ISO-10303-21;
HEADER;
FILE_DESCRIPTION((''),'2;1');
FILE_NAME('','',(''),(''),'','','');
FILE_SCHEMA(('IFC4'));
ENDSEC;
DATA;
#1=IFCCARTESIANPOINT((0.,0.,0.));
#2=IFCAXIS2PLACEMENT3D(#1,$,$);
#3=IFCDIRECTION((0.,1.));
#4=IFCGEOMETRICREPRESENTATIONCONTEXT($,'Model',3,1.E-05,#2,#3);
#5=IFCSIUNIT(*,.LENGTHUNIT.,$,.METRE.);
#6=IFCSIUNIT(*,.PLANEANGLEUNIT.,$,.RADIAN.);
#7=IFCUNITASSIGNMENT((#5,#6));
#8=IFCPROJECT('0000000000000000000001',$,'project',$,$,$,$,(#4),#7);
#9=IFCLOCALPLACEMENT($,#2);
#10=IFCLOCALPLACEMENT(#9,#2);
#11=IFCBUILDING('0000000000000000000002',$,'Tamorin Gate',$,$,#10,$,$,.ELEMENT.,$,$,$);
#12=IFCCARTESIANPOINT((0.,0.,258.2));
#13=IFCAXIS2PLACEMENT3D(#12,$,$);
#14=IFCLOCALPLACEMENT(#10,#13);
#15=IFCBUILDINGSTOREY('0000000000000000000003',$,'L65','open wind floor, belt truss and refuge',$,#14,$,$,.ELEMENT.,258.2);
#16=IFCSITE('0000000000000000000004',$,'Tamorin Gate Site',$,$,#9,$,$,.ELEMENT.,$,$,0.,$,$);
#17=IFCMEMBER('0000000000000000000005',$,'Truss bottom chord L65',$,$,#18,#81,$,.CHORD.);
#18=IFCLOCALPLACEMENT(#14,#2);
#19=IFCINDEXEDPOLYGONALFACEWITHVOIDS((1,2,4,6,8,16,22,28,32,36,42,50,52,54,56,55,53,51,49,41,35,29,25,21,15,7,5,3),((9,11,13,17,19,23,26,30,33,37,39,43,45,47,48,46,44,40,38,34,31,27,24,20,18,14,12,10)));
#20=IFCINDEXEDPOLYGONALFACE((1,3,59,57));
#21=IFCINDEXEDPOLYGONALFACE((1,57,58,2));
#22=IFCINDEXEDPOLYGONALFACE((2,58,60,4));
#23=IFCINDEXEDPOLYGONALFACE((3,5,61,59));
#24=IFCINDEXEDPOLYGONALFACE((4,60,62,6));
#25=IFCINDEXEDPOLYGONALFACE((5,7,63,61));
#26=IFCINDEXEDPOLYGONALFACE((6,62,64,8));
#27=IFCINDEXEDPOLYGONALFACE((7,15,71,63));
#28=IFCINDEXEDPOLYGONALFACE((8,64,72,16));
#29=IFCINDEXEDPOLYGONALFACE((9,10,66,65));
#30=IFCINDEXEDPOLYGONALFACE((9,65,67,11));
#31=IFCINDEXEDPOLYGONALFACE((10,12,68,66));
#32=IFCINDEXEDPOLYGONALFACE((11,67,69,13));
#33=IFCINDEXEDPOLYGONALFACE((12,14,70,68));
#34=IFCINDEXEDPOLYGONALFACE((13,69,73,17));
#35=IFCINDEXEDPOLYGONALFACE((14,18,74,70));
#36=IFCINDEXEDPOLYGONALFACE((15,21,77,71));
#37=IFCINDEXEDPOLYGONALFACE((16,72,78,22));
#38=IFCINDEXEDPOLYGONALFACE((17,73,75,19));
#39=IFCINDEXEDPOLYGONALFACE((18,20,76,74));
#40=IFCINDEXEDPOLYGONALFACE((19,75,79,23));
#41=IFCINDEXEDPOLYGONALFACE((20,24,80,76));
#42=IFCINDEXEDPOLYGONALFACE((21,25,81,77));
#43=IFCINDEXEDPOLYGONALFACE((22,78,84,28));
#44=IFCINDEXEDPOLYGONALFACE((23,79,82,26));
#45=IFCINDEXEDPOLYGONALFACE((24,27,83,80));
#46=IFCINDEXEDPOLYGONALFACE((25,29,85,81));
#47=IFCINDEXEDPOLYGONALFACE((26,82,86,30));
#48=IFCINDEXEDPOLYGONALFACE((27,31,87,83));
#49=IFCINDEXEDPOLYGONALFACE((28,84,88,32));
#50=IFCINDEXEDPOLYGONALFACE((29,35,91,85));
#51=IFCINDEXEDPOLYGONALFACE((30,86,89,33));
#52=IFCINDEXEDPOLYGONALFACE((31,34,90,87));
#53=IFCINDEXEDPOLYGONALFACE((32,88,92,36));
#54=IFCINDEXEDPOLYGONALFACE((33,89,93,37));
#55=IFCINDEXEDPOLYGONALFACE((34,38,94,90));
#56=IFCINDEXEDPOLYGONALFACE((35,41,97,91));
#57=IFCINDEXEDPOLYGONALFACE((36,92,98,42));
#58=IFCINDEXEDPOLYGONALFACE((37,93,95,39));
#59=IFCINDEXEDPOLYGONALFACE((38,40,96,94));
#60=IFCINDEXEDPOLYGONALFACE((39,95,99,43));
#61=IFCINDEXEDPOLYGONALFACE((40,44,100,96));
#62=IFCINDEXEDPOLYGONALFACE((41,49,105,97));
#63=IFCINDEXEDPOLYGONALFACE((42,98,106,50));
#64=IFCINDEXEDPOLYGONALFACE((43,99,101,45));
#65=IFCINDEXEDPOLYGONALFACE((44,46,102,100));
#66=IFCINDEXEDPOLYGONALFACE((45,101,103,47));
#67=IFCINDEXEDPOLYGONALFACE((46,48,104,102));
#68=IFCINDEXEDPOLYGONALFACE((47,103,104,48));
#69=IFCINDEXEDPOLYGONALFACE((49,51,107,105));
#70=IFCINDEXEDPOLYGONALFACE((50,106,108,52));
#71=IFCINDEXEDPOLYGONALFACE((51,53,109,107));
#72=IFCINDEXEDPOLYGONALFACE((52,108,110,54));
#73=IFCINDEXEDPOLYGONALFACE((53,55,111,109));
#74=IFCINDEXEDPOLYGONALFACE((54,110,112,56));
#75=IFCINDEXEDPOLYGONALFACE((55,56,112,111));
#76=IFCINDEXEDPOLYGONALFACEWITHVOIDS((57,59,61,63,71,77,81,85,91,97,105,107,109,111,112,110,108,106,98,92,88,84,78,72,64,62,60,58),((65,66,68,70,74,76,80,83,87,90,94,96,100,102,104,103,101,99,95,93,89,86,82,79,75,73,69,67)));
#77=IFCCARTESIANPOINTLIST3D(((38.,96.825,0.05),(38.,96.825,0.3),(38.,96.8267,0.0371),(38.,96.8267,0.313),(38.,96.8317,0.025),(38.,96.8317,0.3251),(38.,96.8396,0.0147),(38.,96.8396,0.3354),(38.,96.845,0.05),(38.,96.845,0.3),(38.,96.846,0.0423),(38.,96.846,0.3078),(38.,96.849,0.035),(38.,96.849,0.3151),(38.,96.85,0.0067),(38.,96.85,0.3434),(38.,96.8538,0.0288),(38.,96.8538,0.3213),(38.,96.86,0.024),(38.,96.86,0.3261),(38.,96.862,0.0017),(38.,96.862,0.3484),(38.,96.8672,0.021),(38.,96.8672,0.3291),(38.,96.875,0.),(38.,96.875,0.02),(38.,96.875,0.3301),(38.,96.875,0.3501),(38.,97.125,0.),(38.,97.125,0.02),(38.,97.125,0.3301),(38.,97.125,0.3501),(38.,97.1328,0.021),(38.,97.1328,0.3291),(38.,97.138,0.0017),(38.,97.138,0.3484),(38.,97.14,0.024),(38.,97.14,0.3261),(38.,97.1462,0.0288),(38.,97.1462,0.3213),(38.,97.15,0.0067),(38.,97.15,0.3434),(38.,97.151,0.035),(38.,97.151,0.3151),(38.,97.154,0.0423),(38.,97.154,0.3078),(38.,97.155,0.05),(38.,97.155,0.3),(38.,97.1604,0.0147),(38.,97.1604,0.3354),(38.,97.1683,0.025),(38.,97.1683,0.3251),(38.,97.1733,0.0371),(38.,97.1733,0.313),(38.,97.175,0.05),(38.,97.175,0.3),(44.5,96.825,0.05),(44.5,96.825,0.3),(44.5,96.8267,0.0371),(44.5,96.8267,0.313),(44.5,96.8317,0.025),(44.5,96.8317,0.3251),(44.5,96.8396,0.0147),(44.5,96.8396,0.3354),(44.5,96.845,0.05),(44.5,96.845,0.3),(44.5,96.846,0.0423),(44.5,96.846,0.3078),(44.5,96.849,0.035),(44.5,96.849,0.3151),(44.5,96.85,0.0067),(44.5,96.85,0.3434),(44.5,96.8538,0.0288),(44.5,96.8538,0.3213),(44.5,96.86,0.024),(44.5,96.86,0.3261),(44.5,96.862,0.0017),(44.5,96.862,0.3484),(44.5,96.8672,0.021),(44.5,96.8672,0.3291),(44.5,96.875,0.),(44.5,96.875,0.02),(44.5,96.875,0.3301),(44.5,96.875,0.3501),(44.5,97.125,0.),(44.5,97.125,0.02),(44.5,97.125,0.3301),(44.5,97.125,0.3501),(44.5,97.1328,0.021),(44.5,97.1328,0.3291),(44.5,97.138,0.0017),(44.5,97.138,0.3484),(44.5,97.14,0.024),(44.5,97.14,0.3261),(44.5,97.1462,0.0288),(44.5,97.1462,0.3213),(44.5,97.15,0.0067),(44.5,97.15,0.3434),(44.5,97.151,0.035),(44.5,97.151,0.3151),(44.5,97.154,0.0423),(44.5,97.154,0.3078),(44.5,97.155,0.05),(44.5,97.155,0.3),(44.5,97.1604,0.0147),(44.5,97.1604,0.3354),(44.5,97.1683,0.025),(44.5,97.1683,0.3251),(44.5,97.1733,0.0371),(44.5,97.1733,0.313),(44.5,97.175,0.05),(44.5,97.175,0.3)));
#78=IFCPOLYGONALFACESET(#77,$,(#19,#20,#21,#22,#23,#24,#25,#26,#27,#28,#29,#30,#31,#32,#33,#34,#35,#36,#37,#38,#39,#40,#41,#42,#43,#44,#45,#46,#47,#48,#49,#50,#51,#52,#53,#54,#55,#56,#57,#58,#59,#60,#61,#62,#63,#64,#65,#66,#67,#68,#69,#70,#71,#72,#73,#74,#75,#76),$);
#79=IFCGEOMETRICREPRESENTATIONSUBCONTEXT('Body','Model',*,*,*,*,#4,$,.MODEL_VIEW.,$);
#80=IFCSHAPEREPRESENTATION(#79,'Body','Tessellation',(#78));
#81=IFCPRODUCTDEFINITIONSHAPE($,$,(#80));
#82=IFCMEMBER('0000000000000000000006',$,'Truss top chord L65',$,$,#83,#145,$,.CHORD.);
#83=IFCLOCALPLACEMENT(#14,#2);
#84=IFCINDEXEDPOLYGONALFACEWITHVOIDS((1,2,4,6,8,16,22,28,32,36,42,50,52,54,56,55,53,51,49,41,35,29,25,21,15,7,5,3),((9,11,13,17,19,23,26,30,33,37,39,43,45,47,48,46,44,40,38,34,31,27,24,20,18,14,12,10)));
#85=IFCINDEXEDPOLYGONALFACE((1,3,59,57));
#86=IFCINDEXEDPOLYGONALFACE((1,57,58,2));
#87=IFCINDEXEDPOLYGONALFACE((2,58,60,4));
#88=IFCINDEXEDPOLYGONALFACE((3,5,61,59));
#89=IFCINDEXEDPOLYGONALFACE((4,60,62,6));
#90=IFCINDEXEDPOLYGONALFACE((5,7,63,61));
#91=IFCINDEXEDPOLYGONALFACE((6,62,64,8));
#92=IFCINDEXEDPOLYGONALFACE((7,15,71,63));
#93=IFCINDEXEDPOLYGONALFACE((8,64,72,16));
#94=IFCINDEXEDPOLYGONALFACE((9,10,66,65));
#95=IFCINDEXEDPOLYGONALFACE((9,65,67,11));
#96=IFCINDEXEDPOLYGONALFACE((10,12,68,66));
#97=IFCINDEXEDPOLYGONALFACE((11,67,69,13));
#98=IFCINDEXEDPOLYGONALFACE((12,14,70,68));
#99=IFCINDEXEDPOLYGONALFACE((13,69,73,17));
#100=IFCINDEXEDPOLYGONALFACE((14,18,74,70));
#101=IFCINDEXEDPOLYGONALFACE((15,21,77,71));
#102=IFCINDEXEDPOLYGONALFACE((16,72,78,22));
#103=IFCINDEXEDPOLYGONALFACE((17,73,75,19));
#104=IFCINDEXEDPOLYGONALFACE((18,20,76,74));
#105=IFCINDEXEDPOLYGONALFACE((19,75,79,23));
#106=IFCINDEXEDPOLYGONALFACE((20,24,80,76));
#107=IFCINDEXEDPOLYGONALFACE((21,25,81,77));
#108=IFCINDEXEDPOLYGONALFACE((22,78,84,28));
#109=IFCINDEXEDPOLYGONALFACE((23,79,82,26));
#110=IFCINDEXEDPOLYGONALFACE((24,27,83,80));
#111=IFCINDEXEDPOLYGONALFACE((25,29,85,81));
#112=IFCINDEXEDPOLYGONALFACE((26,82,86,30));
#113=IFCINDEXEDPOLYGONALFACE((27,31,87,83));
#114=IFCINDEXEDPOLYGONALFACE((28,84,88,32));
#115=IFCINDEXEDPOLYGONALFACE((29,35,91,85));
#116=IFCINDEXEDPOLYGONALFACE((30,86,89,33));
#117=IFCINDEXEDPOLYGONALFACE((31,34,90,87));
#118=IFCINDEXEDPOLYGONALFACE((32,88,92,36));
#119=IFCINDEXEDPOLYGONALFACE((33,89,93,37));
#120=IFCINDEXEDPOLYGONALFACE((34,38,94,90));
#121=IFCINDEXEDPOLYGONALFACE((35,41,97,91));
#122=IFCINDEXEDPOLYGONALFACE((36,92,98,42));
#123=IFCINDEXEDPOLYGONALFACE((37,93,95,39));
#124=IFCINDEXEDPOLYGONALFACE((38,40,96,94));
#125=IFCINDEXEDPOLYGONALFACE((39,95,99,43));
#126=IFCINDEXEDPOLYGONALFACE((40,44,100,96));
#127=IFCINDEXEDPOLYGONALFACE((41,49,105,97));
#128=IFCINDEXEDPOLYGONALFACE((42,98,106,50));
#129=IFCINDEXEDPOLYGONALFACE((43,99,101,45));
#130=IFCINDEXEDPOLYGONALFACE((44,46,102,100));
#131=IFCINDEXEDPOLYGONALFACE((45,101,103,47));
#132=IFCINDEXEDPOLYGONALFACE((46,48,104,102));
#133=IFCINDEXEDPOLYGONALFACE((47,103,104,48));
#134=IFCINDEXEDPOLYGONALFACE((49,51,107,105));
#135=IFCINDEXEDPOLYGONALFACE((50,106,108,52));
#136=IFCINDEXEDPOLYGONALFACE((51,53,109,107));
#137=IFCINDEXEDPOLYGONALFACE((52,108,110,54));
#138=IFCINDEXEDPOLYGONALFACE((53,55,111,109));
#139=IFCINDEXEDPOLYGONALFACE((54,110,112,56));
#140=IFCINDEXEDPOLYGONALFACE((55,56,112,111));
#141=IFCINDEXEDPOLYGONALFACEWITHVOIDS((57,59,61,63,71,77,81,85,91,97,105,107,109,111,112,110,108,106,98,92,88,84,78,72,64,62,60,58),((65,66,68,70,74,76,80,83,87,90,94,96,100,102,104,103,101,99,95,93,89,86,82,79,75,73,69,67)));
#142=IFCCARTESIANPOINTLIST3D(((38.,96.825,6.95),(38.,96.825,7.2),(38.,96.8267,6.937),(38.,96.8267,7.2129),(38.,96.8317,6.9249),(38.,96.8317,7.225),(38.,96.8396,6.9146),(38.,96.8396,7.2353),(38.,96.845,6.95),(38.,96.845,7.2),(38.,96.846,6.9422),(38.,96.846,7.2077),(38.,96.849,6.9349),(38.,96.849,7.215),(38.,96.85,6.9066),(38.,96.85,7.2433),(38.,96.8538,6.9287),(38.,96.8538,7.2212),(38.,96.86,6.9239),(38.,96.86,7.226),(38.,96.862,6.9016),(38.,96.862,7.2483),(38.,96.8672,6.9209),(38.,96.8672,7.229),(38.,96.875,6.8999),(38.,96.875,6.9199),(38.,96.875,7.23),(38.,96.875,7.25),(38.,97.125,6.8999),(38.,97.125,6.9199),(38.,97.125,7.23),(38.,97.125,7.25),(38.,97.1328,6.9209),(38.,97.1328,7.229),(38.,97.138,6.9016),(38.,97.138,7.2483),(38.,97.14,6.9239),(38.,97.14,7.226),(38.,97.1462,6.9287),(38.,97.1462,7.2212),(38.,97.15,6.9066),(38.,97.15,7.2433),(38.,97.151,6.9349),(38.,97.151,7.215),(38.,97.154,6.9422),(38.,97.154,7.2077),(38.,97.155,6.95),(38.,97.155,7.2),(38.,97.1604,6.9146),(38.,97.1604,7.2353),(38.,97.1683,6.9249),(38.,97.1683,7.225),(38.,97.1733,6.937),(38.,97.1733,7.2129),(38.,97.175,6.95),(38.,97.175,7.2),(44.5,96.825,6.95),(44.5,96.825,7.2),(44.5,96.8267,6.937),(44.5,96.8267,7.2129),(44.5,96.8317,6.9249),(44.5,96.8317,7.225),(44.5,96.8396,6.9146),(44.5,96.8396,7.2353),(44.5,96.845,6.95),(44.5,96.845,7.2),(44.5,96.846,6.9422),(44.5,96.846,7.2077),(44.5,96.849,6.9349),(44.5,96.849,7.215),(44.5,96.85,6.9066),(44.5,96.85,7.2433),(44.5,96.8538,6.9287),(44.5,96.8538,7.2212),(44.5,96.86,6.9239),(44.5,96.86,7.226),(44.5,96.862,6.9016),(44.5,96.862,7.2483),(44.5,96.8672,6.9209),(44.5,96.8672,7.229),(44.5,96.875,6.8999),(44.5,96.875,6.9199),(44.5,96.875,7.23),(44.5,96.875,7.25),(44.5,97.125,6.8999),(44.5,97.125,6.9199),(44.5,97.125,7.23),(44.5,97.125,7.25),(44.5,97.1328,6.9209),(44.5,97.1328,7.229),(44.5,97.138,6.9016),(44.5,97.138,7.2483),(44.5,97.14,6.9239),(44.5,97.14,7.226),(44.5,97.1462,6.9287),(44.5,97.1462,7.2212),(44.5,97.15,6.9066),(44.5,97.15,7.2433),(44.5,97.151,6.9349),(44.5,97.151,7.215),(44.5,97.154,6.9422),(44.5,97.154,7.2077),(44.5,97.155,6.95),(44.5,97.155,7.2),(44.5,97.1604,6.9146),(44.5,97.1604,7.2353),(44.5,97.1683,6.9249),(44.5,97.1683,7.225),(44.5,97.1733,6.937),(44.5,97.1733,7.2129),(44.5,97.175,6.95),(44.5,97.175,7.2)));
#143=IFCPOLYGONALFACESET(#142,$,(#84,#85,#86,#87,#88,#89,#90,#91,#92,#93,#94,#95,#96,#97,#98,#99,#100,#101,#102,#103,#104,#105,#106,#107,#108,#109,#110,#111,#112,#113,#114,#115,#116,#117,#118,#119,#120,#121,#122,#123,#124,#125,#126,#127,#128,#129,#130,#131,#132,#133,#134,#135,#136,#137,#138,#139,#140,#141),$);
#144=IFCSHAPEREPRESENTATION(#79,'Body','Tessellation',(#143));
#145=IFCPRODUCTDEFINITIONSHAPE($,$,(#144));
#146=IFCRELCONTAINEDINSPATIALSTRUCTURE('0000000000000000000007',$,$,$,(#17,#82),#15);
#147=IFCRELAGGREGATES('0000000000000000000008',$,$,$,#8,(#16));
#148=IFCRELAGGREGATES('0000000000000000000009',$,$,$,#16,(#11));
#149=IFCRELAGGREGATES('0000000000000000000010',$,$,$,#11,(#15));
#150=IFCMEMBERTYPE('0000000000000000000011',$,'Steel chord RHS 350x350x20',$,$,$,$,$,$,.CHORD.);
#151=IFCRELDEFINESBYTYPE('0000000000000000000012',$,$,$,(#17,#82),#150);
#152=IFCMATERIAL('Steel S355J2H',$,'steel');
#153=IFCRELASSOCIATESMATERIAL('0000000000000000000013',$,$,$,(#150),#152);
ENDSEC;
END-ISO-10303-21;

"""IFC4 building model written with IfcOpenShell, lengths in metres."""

from ifc_helpers import new_model, si_unit, direction, frame, origin, origin_2d, place, context, subcontext, project, spatial, hollow_rectangle, extrude, material, material_profile, profile_set, type_object, element, save


model = new_model("IFC4")

# Units and contexts
model_context = context("Model", 3, precision=1e-05, world=origin(), true_north=direction((0.0, 1.0)))
body_context = subcontext(model_context, "Body", "Model", "MODEL_VIEW")
ifc_project = project(units=[si_unit("LENGTHUNIT", "METRE"), si_unit("PLANEANGLEUNIT", "RADIAN")], contexts=[model_context])

# Site, building, storey
site_placement = place(None, origin())
site = spatial("IfcSite", under=ifc_project, at=site_placement, Name="Tamorin Gate Site", CompositionType="ELEMENT", RefElevation=0.0)
building_placement = place(site_placement, origin())
building = spatial("IfcBuilding", under=site, at=building_placement, Name="Tamorin Gate", CompositionType="ELEMENT")
storey_placement = place(building_placement, frame((0.0, 0.0, 258.2)))
storey = spatial("IfcBuildingStorey", under=building, at=storey_placement, Name="L65", Description="open wind floor, belt truss and refuge", CompositionType="ELEMENT", Elevation=258.2)

# Members
ifc_material_1 = material(Name="Steel S355J2H", Category="steel")
ifc_material_profile_1 = material_profile(ifc_material_1, hollow_rectangle(XDim=0.3501, YDim=0.3501, WallThickness=0.02, InnerFilletRadius=0.03, OuterFilletRadius=0.05, at=origin_2d()), Name="RHS 350x350x20")
ifc_profile_set_1 = profile_set([ifc_material_profile_1], Name="Steel S355J2H")
member_type_1 = type_object("IfcMemberType", Name="Steel chord RHS 350x350x20", PredefinedType="CHORD", material=ifc_profile_set_1)
for number, where, z_axis, x_axis, name in (
    (1, (44.5, 97.0, 0.175), (-1.0, 0.0, 0.0), (0.0, -1.0, 0.0), "Truss bottom chord L65"),
    (2, (44.5, 97.0, 7.075), (-1.0, 0.0, 0.0), (0.0, -1.0, 0.0), "Truss top chord L65"),
):
    element("IfcMember", number, at=place(storey_placement, frame(where, z_axis=z_axis, x_axis=x_axis)), inside=storey, type_object=member_type_1, Name=name, PredefinedType="CHORD", context=body_context, shape_type="SweptSolid", body=[
        extrude(hollow_rectangle(XDim=0.3501, YDim=0.3501, WallThickness=0.02, InnerFilletRadius=0.03, OuterFilletRadius=0.05, at=origin_2d()), origin(), (0.0, 0.0, 1.0), 6.5),
    ])

save(model, "model.ifc")
